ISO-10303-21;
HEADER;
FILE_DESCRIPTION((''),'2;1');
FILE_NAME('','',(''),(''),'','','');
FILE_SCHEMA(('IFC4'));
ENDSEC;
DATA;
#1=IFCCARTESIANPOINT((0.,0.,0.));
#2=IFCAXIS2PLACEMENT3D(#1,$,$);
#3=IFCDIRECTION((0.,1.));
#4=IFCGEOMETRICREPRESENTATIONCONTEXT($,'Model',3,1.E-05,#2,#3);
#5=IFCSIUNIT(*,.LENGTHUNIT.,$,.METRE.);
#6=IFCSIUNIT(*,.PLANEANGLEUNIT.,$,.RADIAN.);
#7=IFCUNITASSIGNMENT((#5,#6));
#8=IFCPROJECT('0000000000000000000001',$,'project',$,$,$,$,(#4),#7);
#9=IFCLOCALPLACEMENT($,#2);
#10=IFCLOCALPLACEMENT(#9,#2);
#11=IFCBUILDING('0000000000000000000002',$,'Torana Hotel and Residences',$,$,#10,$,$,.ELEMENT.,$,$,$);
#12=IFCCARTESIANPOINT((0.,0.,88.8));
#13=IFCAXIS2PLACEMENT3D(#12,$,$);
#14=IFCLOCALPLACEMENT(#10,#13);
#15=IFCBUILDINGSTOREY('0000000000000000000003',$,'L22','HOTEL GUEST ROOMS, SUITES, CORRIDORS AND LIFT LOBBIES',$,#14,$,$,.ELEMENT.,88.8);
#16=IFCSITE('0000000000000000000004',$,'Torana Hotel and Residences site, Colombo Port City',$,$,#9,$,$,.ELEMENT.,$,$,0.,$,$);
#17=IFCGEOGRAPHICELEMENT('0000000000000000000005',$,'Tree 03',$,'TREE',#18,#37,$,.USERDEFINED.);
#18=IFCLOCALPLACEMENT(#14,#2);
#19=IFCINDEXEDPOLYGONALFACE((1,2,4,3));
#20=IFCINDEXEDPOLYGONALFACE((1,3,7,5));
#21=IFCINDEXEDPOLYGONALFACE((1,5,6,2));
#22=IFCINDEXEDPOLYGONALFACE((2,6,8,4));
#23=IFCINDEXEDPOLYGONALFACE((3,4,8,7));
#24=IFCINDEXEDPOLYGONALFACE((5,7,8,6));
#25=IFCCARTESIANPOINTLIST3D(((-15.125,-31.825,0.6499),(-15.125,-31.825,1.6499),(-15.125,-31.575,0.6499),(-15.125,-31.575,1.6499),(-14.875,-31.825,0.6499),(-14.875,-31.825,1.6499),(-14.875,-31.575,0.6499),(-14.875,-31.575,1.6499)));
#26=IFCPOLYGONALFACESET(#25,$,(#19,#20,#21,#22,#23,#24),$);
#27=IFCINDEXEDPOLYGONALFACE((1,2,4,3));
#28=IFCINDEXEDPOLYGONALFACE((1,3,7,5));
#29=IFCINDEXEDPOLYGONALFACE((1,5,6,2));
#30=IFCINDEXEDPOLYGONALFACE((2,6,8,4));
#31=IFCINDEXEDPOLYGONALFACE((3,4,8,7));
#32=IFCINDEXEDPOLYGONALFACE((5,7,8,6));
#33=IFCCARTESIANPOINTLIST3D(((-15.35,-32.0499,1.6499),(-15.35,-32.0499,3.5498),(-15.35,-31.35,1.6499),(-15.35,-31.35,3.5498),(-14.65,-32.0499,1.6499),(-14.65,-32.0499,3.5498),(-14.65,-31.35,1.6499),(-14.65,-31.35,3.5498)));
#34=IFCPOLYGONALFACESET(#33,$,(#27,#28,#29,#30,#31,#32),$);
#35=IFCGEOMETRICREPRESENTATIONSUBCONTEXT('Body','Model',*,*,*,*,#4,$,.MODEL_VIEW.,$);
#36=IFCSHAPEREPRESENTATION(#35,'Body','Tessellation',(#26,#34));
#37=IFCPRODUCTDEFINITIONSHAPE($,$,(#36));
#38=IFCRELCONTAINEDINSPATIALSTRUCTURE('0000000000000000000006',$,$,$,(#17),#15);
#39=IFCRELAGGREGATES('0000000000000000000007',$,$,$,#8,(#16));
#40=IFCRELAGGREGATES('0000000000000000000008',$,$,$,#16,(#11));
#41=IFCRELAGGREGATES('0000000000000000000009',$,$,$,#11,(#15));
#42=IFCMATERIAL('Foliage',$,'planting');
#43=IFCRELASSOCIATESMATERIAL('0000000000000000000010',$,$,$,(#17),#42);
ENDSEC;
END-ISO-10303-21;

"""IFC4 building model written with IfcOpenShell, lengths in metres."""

from ifc_helpers import new_model, si_unit, direction, frame, origin, origin_2d, place, context, subcontext, project, spatial, rectangle, extrude, material, element, save


model = new_model("IFC4")

# Units and contexts
model_context = context("Model", 3, precision=1e-05, world=origin(), true_north=direction((0.0, 1.0)))
body_context = subcontext(model_context, "Body", "Model", "MODEL_VIEW")
ifc_project = project(units=[si_unit("LENGTHUNIT", "METRE"), si_unit("PLANEANGLEUNIT", "RADIAN")], contexts=[model_context])

# Site, building, storey
site_placement = place(None, origin())
site = spatial("IfcSite", under=ifc_project, at=site_placement, Name="Torana Hotel and Residences site, Colombo Port City", CompositionType="ELEMENT", RefElevation=0.0)
building_placement = place(site_placement, origin())
building = spatial("IfcBuilding", under=site, at=building_placement, Name="Torana Hotel and Residences", CompositionType="ELEMENT")
storey_placement = place(building_placement, frame((0.0, 0.0, 88.8)))
storey = spatial("IfcBuildingStorey", under=building, at=storey_placement, Name="L22", Description="HOTEL GUEST ROOMS, SUITES, CORRIDORS AND LIFT LOBBIES", CompositionType="ELEMENT", Elevation=88.8)

# Geographic element
ifc_material_1 = material(Name="Foliage", Category="planting")
geographic_element_placement = place(storey_placement, frame((-15.0, -31.7, 0.6499), z_axis=(0.0, 0.0, 1.0), x_axis=(1.0, 0.0, 0.0)))
element("IfcGeographicElement", 1, at=geographic_element_placement, inside=storey, material=ifc_material_1, Name="Tree 03", ObjectType="TREE", PredefinedType="USERDEFINED", context=body_context, shape_type="SweptSolid", body=[
    extrude(rectangle(XDim=0.25, YDim=0.25, at=origin_2d()), origin(), (0.0, 0.0, 1.0), 1.0),
    extrude(rectangle(XDim=0.7, YDim=0.7, at=origin_2d()), frame((0.0, 0.0, 1.0)), (0.0, 0.0, 1.0), 1.8999),
])

save(model, "model.ifc")
